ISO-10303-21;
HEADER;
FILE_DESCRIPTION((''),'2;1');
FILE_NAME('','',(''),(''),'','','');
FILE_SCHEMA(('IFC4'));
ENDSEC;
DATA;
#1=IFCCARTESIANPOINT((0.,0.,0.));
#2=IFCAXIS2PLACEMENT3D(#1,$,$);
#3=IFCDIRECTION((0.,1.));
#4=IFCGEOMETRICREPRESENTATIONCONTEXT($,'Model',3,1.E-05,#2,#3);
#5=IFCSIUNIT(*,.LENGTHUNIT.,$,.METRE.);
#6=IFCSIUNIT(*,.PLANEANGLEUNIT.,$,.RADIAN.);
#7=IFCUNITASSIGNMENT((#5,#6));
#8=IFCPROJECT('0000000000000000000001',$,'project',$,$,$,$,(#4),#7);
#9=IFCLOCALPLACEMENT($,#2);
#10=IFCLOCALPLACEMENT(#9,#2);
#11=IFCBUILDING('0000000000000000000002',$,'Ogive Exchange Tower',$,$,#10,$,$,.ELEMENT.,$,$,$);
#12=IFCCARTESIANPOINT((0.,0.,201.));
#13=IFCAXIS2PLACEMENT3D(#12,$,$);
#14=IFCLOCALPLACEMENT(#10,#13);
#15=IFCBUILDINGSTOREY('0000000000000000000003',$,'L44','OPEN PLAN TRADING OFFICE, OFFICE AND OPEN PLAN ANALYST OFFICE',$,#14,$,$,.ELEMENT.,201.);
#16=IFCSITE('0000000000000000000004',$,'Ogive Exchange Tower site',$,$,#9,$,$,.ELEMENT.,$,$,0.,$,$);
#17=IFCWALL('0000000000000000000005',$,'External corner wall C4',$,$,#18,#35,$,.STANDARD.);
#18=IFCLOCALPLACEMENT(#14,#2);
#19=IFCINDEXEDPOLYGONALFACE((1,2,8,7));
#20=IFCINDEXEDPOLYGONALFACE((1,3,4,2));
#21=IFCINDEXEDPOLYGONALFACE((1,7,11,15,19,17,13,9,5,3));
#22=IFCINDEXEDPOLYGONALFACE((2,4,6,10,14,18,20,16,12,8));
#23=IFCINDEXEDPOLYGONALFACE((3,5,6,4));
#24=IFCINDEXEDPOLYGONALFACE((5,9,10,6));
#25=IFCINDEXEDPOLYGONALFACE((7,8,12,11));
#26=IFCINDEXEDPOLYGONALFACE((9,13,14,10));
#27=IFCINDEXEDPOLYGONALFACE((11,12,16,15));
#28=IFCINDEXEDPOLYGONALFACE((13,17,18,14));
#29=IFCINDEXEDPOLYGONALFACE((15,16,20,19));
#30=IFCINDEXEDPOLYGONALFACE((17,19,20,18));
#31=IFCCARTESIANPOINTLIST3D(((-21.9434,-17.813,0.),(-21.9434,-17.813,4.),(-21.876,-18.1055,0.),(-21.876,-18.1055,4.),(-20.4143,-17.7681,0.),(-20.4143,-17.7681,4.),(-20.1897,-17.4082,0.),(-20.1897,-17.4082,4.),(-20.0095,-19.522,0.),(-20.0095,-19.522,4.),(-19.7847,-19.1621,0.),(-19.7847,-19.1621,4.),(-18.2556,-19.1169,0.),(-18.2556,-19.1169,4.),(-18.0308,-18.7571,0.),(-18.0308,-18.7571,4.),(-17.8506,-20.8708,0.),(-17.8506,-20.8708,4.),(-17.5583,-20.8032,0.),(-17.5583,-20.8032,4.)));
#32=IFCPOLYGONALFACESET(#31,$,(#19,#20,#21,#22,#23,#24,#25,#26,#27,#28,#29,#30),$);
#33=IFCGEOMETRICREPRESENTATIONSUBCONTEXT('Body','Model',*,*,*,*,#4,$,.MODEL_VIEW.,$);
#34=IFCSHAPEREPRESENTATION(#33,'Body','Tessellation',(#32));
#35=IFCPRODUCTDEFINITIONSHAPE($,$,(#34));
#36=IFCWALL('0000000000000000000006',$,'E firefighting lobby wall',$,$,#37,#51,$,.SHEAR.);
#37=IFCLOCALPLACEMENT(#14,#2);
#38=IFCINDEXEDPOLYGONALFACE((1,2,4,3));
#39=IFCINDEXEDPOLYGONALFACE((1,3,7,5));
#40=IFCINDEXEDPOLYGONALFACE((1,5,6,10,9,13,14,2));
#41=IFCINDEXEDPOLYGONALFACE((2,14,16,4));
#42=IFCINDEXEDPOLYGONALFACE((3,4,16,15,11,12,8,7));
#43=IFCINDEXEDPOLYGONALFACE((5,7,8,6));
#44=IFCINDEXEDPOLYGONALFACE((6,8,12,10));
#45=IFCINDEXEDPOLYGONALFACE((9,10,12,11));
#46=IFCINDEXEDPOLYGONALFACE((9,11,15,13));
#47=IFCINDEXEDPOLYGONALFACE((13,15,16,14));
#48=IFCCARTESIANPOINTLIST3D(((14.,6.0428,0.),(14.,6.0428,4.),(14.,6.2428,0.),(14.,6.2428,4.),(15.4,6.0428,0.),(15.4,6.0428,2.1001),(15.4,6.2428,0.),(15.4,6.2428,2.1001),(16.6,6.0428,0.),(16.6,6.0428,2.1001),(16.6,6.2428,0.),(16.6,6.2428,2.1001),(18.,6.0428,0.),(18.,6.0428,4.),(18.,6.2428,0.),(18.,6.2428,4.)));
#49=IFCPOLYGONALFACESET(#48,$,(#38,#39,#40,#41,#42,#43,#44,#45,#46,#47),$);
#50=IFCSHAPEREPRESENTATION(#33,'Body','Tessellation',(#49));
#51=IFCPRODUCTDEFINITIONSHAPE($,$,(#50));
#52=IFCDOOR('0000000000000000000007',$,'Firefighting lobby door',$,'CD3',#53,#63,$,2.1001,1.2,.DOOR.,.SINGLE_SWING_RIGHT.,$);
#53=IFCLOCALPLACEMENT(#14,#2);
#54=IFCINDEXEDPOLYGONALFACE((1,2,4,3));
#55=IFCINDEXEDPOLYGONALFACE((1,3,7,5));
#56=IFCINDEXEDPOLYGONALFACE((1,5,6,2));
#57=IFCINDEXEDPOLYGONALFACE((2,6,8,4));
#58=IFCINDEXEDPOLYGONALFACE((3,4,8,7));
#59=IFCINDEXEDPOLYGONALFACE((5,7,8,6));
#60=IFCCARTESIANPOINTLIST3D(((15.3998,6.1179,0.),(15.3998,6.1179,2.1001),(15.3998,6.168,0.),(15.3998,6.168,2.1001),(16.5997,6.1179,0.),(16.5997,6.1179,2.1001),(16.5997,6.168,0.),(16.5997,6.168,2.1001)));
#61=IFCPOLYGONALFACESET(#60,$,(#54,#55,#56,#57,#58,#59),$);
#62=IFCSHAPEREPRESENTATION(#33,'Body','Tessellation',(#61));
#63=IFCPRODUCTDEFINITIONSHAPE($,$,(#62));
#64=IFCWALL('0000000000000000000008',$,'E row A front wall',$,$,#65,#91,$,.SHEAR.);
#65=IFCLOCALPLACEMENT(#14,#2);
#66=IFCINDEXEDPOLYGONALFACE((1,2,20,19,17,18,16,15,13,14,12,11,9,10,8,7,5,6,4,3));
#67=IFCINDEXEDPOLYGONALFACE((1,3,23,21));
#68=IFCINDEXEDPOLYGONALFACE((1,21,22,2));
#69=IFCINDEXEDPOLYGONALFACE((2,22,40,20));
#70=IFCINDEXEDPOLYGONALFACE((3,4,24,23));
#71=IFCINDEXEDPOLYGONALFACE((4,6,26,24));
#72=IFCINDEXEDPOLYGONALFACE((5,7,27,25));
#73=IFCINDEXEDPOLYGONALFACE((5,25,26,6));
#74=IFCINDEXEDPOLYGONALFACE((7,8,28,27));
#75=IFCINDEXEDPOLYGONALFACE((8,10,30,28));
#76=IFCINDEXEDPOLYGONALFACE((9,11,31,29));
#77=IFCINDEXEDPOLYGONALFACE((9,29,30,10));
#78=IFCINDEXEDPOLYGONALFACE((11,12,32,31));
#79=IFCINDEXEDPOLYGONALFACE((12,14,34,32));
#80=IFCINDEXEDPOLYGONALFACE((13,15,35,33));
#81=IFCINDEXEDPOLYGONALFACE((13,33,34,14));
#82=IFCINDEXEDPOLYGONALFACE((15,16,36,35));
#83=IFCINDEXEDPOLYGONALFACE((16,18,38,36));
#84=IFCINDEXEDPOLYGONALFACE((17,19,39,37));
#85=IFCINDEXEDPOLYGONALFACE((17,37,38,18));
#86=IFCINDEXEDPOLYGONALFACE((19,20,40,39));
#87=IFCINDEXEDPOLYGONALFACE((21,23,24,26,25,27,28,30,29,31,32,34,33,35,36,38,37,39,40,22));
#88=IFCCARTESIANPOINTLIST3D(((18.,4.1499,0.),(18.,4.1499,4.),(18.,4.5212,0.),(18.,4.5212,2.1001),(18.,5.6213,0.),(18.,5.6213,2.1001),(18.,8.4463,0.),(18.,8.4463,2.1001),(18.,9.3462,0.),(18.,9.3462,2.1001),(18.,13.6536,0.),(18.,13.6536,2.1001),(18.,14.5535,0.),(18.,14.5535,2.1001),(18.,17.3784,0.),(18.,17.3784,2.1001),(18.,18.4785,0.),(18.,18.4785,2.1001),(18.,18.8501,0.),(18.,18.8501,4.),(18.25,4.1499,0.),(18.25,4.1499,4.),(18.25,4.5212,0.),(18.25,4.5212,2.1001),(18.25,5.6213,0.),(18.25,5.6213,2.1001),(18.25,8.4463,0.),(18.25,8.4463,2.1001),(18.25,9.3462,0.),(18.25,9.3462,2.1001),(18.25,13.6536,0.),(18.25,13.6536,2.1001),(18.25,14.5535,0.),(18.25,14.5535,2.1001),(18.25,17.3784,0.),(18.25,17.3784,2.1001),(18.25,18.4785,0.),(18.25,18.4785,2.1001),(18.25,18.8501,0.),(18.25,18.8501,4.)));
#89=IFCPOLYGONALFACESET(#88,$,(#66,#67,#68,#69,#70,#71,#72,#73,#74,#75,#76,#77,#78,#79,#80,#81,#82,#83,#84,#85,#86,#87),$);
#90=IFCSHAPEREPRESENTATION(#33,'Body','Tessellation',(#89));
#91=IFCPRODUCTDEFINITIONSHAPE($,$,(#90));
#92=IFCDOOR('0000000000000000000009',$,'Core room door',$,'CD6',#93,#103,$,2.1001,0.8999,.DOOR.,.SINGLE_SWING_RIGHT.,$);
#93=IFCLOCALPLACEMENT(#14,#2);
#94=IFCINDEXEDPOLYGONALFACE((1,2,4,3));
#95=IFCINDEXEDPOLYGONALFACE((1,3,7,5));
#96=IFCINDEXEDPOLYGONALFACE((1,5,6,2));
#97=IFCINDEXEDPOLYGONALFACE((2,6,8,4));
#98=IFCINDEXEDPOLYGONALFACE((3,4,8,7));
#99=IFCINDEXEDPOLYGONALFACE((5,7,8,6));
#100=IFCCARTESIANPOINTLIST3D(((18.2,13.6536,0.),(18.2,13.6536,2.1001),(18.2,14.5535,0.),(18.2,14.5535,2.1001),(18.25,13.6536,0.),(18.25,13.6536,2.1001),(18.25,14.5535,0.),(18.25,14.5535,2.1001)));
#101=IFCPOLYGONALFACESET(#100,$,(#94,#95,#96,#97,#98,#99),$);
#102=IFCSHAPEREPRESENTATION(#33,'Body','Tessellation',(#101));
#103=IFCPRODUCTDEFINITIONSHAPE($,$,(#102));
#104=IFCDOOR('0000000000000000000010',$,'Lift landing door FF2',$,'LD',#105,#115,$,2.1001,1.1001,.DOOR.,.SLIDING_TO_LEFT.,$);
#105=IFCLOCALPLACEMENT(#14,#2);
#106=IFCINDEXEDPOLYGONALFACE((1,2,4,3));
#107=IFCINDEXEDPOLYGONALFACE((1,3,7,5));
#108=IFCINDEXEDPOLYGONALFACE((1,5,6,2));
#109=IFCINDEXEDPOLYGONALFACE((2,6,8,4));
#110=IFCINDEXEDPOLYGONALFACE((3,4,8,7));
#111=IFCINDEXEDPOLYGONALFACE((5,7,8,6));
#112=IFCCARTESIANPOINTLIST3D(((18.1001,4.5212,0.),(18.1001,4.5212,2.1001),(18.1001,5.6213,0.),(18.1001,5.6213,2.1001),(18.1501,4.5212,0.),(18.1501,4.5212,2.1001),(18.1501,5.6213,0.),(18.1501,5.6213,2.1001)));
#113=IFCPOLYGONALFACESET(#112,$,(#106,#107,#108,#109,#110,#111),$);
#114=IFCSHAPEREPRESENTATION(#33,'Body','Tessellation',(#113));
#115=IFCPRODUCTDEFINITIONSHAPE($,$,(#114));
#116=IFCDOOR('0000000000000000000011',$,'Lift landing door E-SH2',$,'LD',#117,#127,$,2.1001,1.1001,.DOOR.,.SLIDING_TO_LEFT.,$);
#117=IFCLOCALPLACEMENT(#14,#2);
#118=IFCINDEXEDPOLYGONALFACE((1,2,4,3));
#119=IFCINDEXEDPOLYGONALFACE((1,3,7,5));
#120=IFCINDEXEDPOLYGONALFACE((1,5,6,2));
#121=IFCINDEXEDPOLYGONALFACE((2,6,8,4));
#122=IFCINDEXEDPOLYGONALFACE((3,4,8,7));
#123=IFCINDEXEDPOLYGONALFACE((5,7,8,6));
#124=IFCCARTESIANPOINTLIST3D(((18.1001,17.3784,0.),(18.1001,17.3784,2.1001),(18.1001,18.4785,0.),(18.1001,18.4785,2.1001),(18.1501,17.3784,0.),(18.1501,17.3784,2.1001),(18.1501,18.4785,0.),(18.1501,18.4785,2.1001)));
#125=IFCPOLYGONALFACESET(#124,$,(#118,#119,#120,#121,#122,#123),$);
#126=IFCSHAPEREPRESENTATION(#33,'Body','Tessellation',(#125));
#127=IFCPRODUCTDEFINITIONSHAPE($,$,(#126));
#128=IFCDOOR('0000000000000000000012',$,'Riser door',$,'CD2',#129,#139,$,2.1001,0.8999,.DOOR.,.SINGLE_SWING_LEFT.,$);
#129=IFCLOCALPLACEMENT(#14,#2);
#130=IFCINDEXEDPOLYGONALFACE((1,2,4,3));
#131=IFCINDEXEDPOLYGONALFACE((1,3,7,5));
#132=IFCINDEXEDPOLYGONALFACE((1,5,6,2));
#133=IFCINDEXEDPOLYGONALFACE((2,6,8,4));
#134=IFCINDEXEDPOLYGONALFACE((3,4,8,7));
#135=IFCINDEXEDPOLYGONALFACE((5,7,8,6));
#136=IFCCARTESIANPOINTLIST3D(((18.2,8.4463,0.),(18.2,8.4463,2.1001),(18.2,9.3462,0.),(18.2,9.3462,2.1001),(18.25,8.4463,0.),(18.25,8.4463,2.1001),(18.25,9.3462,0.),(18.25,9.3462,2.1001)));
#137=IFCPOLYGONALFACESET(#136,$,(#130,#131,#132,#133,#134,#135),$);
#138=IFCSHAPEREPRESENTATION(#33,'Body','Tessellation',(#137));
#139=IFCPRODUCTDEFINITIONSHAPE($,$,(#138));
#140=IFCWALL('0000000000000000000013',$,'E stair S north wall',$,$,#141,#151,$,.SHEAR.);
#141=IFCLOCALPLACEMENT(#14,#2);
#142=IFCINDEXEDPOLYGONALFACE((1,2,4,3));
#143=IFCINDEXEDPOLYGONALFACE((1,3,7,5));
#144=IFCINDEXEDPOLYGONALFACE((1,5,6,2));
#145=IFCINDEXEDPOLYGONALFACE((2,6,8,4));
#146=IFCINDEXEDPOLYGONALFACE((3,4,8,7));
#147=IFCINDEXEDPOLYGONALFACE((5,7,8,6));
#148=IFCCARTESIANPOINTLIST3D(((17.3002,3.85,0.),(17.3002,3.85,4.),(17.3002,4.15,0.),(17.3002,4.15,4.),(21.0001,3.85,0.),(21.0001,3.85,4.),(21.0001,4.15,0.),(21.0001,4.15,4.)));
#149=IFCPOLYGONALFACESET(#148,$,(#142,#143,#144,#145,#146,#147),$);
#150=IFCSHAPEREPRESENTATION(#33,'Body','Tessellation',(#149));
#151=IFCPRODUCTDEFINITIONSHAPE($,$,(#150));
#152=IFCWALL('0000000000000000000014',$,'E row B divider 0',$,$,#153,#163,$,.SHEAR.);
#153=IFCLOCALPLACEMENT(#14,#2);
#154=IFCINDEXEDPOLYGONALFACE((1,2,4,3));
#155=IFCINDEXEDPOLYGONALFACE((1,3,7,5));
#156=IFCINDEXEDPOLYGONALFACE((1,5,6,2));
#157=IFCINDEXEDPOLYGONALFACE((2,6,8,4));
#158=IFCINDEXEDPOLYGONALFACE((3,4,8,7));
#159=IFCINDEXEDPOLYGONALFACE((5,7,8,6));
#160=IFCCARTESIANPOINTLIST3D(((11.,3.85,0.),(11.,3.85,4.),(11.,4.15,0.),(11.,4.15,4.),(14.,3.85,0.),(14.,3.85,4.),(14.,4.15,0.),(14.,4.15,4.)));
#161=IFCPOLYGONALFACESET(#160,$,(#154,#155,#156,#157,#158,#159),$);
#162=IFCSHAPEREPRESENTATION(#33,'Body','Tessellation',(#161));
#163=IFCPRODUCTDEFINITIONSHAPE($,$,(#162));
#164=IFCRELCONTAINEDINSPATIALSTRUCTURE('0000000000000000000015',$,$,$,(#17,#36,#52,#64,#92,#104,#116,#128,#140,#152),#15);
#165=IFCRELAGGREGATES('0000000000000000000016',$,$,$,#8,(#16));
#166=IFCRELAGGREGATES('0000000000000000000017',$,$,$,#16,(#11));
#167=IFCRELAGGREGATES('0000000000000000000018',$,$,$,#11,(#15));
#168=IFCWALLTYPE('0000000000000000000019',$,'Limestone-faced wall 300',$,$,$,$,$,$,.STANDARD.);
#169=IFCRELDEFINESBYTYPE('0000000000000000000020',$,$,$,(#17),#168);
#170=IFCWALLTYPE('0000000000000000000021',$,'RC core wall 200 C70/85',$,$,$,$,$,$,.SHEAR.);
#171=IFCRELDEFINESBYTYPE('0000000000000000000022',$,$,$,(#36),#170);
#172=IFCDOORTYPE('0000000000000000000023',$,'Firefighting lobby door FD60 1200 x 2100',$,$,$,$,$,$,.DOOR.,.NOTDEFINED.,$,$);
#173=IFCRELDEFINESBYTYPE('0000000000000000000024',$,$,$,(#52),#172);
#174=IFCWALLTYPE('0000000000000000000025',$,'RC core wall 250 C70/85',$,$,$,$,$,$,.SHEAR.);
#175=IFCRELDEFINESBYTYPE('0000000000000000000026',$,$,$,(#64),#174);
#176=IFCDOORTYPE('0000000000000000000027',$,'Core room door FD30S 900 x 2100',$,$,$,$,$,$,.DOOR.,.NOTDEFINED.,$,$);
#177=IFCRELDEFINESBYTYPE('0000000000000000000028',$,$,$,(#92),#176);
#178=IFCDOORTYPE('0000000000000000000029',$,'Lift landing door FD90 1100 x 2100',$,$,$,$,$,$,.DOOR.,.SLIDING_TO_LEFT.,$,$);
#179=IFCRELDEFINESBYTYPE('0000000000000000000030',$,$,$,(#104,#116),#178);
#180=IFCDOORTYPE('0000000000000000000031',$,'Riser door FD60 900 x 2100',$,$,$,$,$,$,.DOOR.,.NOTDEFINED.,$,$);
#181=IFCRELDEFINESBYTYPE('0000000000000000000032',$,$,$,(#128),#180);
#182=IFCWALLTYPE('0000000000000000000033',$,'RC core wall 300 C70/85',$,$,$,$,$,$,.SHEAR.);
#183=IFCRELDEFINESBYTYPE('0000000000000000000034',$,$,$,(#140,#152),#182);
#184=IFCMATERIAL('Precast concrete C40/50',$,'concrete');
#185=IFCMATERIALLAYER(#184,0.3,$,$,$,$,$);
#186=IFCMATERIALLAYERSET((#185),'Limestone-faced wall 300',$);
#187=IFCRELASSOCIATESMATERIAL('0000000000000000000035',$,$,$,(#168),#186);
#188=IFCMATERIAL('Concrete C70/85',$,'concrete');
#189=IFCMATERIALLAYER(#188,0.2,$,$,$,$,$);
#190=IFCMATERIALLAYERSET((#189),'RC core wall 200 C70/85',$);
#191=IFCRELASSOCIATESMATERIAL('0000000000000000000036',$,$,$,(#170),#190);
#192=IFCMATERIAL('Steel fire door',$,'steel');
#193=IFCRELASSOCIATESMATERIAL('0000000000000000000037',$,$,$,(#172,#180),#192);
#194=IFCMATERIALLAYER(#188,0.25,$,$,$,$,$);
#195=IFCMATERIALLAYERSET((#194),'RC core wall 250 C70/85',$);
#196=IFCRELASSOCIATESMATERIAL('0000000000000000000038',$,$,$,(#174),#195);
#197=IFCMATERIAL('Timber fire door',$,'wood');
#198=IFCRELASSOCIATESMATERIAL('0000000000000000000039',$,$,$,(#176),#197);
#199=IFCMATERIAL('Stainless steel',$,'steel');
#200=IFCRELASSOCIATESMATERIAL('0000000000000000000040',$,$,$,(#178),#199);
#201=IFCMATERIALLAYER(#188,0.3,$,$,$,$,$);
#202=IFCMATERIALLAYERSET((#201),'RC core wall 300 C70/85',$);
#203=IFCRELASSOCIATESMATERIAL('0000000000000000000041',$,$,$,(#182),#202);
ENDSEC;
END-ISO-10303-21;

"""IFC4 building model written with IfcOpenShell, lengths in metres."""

from ifc_helpers import new_model, si_unit, direction, frame, frame_2d, origin, place, context, subcontext, project, spatial, polyline, rectangle, outline, extrude, material, layer, layer_set, type_object, element, fill, save


model = new_model("IFC4")

# Units and contexts
model_context = context("Model", 3, precision=1e-05, world=origin(), true_north=direction((0.0, 1.0)))
body_context = subcontext(model_context, "Body", "Model", "MODEL_VIEW")
ifc_project = project(units=[si_unit("LENGTHUNIT", "METRE"), si_unit("PLANEANGLEUNIT", "RADIAN")], contexts=[model_context])

# Site, building, storey
site_placement = place(None, origin())
site = spatial("IfcSite", under=ifc_project, at=site_placement, Name="Ogive Exchange Tower site", CompositionType="ELEMENT", RefElevation=0.0)
building_placement = place(site_placement, origin())
building = spatial("IfcBuilding", under=site, at=building_placement, Name="Ogive Exchange Tower", CompositionType="ELEMENT")
storey_placement = place(building_placement, frame((0.0, 0.0, 201.0)))
storey = spatial("IfcBuildingStorey", under=building, at=storey_placement, Name="L44", Description="OPEN PLAN TRADING OFFICE, OFFICE AND OPEN PLAN ANALYST OFFICE", CompositionType="ELEMENT", Elevation=201.0)

# Shared definitions
ifc_material_1 = material(Name="Concrete C70/85", Category="concrete")

# Wall
ifc_material_2 = material(Name="Precast concrete C40/50", Category="concrete")
ifc_layer_1 = layer(ifc_material_2, 0.3)
ifc_layer_set_1 = layer_set([ifc_layer_1], Name="Limestone-faced wall 300")
wall_type_1 = type_object("IfcWallType", Name="Limestone-faced wall 300", PredefinedType="STANDARD", material=ifc_layer_set_1)
wall_1_placement = place(storey_placement, origin())
element("IfcWall", 1, at=wall_1_placement, inside=storey, type_object=wall_type_1, Name="External corner wall C4", PredefinedType="STANDARD", context=body_context, shape_type="SweptSolid", body=[
    extrude(outline(polyline([(-18.2556, -19.1169), (-20.0095, -19.522), (-20.4143, -17.7681), (-21.876, -18.1055), (-21.9434, -17.813), (-20.1897, -17.4082), (-19.7847, -19.1621), (-18.0308, -18.7571), (-17.5583, -20.8032), (-17.8506, -20.8708), (-18.2556, -19.1169)])), origin(), (0.0, 0.0, 1.0), 4.0),
])

# Wall, opening, door
ifc_layer_2 = layer(ifc_material_1, 0.2)
ifc_layer_set_2 = layer_set([ifc_layer_2], Name="RC core wall 200 C70/85")
wall_type_2 = type_object("IfcWallType", Name="RC core wall 200 C70/85", PredefinedType="SHEAR", material=ifc_layer_set_2)
wall_2_placement = place(storey_placement, frame((14.0, 6.1428, 0.0), z_axis=(0.0, 0.0, 1.0), x_axis=(1.0, 0.0, 0.0)))
wall_2 = element("IfcWall", 2, at=wall_2_placement, inside=storey, type_object=wall_type_2, Name="E firefighting lobby wall", PredefinedType="SHEAR", context=body_context, shape_type="SweptSolid", body=[
    extrude(rectangle(XDim=4.0, YDim=0.2, at=frame_2d((2.0, 0.0))), origin(), (0.0, 0.0, 1.0), 4.0),
])
opening_1_placement = place(wall_2_placement, frame((1.3999, 0.0, 0.0)))
opening_1 = element("IfcOpeningElement", 3, at=opening_1_placement, cuts=wall_2, PredefinedType="OPENING", context=body_context, shape_type="SweptSolid", body=[
    extrude(rectangle(XDim=1.2, YDim=2.1001, at=frame_2d((0.6001, 1.05))), frame((0.0, 0.1099, 0.0), z_axis=(0.0, -1.0, 0.0), x_axis=(1.0, 0.0, 0.0)), (0.0, 0.0, 1.0), 0.22),
])
ifc_material_3 = material(Name="Steel fire door", Category="steel")
door_type_1 = type_object("IfcDoorType", Name="Firefighting lobby door FD60 1200 x 2100", OperationType="NOTDEFINED", PredefinedType="DOOR", material=ifc_material_3)
door_1_placement = place(opening_1_placement, frame((1.2, 0.0, 0.0), z_axis=(0.0, 0.0, 1.0), x_axis=(-1.0, 0.0, 0.0)))
door_1 = element("IfcDoor", 4, at=door_1_placement, inside=storey, type_object=door_type_1, Name="Firefighting lobby door", ObjectType="CD3", OperationType="SINGLE_SWING_RIGHT", OverallHeight=2.1001, OverallWidth=1.2, PredefinedType="DOOR", context=body_context, shape_type="SweptSolid", body=[
    extrude(rectangle(XDim=1.2, YDim=2.1001, at=frame_2d((0.6001, 1.05))), frame((0.0, 0.0249, 0.0), z_axis=(0.0, -1.0, 0.0), x_axis=(1.0, 0.0, 0.0)), (0.0, 0.0, 1.0), 0.05),
])
fill(opening_1, door_1)

# Wall, openings, doors
ifc_layer_3 = layer(ifc_material_1, 0.25)
ifc_layer_set_3 = layer_set([ifc_layer_3], Name="RC core wall 250 C70/85")
wall_type_3 = type_object("IfcWallType", Name="RC core wall 250 C70/85", PredefinedType="SHEAR", material=ifc_layer_set_3)
wall_3_placement = place(storey_placement, frame((18.125, 4.1499, 0.0), z_axis=(0.0, 0.0, 1.0), x_axis=(0.0, 1.0, 0.0)))
wall_3 = element("IfcWall", 5, at=wall_3_placement, inside=storey, type_object=wall_type_3, Name="E row A front wall", PredefinedType="SHEAR", context=body_context, shape_type="SweptSolid", body=[
    extrude(rectangle(XDim=14.7002, YDim=0.25, at=frame_2d((7.3501, 0.0))), origin(), (0.0, 0.0, 1.0), 4.0),
])
opening_2_placement = place(wall_3_placement, frame((4.2964, 0.0, 0.0)))
opening_2 = element("IfcOpeningElement", 6, at=opening_2_placement, cuts=wall_3, PredefinedType="OPENING", context=body_context, shape_type="SweptSolid", body=[
    extrude(rectangle(XDim=0.8999, YDim=2.1001, at=frame_2d((0.45, 1.05))), frame((0.0, 0.135, 0.0), z_axis=(0.0, -1.0, 0.0), x_axis=(1.0, 0.0, 0.0)), (0.0, 0.0, 1.0), 0.27),
])
opening_3_placement = place(wall_3_placement, frame((9.5037, 0.0, 0.0)))
opening_3 = element("IfcOpeningElement", 7, at=opening_3_placement, cuts=wall_3, PredefinedType="OPENING", context=body_context, shape_type="SweptSolid", body=[
    extrude(rectangle(XDim=0.8999, YDim=2.1001, at=frame_2d((0.45, 1.05))), frame((0.0, 0.135, 0.0), z_axis=(0.0, -1.0, 0.0), x_axis=(1.0, 0.0, 0.0)), (0.0, 0.0, 1.0), 0.27),
])
opening_4_placement = place(wall_3_placement, frame((0.3713, 0.0, 0.0)))
opening_4 = element("IfcOpeningElement", 8, at=opening_4_placement, cuts=wall_3, PredefinedType="OPENING", context=body_context, shape_type="SweptSolid", body=[
    extrude(rectangle(XDim=1.1001, YDim=2.1001, at=frame_2d((0.55, 1.05))), frame((0.0, 0.135, 0.0), z_axis=(0.0, -1.0, 0.0), x_axis=(1.0, 0.0, 0.0)), (0.0, 0.0, 1.0), 0.27),
])
opening_5_placement = place(wall_3_placement, frame((13.2285, 0.0, 0.0)))
opening_5 = element("IfcOpeningElement", 9, at=opening_5_placement, cuts=wall_3, PredefinedType="OPENING", context=body_context, shape_type="SweptSolid", body=[
    extrude(rectangle(XDim=1.1001, YDim=2.1001, at=frame_2d((0.55, 1.05))), frame((0.0, 0.135, 0.0), z_axis=(0.0, -1.0, 0.0), x_axis=(1.0, 0.0, 0.0)), (0.0, 0.0, 1.0), 0.27),
])
ifc_material_4 = material(Name="Timber fire door", Category="wood")
door_type_2 = type_object("IfcDoorType", Name="Core room door FD30S 900 x 2100", OperationType="NOTDEFINED", PredefinedType="DOOR", material=ifc_material_4)
door_2_placement = place(opening_3_placement, frame((0.8999, -0.2002, 0.0), z_axis=(0.0, 0.0, 1.0), x_axis=(-1.0, 0.0, 0.0)))
door_2 = element("IfcDoor", 10, at=door_2_placement, inside=storey, type_object=door_type_2, Name="Core room door", ObjectType="CD6", OperationType="SINGLE_SWING_RIGHT", OverallHeight=2.1001, OverallWidth=0.8999, PredefinedType="DOOR", context=body_context, shape_type="SweptSolid", body=[
    extrude(rectangle(XDim=0.8999, YDim=2.1001, at=frame_2d((0.45, 1.05))), frame((0.0, -0.0752, 0.0), z_axis=(0.0, -1.0, 0.0), x_axis=(1.0, 0.0, 0.0)), (0.0, 0.0, 1.0), 0.05),
])
fill(opening_3, door_2)
ifc_material_5 = material(Name="Stainless steel", Category="steel")
door_type_3 = type_object("IfcDoorType", Name="Lift landing door FD90 1100 x 2100", OperationType="SLIDING_TO_LEFT", PredefinedType="DOOR", material=ifc_material_5)
door_3_placement = place(opening_4_placement, origin())
door_3 = element("IfcDoor", 11, at=door_3_placement, inside=storey, type_object=door_type_3, Name="Lift landing door FF2", ObjectType="LD", OperationType="SLIDING_TO_LEFT", OverallHeight=2.1001, OverallWidth=1.1001, PredefinedType="DOOR", context=body_context, shape_type="SweptSolid", body=[
    extrude(rectangle(XDim=1.1001, YDim=2.1001, at=frame_2d((0.55, 1.05))), frame((0.0, 0.0249, 0.0), z_axis=(0.0, -1.0, 0.0), x_axis=(1.0, 0.0, 0.0)), (0.0, 0.0, 1.0), 0.05),
])
fill(opening_4, door_3)
door_4_placement = place(opening_5_placement, origin())
door_4 = element("IfcDoor", 12, at=door_4_placement, inside=storey, type_object=door_type_3, Name="Lift landing door E-SH2", ObjectType="LD", OperationType="SLIDING_TO_LEFT", OverallHeight=2.1001, OverallWidth=1.1001, PredefinedType="DOOR", context=body_context, shape_type="SweptSolid", body=[
    extrude(rectangle(XDim=1.1001, YDim=2.1001, at=frame_2d((0.55, 1.05))), frame((0.0, 0.0249, 0.0), z_axis=(0.0, -1.0, 0.0), x_axis=(1.0, 0.0, 0.0)), (0.0, 0.0, 1.0), 0.05),
])
fill(opening_5, door_4)
door_type_4 = type_object("IfcDoorType", Name="Riser door FD60 900 x 2100", OperationType="NOTDEFINED", PredefinedType="DOOR", material=ifc_material_3)
door_5_placement = place(opening_2_placement, frame((0.8999, -0.2002, 0.0), z_axis=(0.0, 0.0, 1.0), x_axis=(-1.0, 0.0, 0.0)))
door_5 = element("IfcDoor", 13, at=door_5_placement, inside=storey, type_object=door_type_4, Name="Riser door", ObjectType="CD2", OperationType="SINGLE_SWING_LEFT", OverallHeight=2.1001, OverallWidth=0.8999, PredefinedType="DOOR", context=body_context, shape_type="SweptSolid", body=[
    extrude(rectangle(XDim=0.8999, YDim=2.1001, at=frame_2d((0.45, 1.05))), frame((0.0, -0.0752, 0.0), z_axis=(0.0, -1.0, 0.0), x_axis=(1.0, 0.0, 0.0)), (0.0, 0.0, 1.0), 0.05),
])
fill(opening_2, door_5)

# Walls
ifc_layer_4 = layer(ifc_material_1, 0.3)
ifc_layer_set_4 = layer_set([ifc_layer_4], Name="RC core wall 300 C70/85")
wall_type_4 = type_object("IfcWallType", Name="RC core wall 300 C70/85", PredefinedType="SHEAR", material=ifc_layer_set_4)
wall_4_placement = place(storey_placement, frame((17.3, 4.0, 0.0), z_axis=(0.0, 0.0, 1.0), x_axis=(1.0, 0.0, 0.0)))
element("IfcWall", 14, at=wall_4_placement, inside=storey, type_object=wall_type_4, Name="E stair S north wall", PredefinedType="SHEAR", context=body_context, shape_type="SweptSolid", body=[
    extrude(rectangle(XDim=3.7, YDim=0.3, at=frame_2d((1.8501, 0.0))), origin(), (0.0, 0.0, 1.0), 4.0),
])
wall_5_placement = place(storey_placement, frame((11.0, 4.0, 0.0), z_axis=(0.0, 0.0, 1.0), x_axis=(1.0, 0.0, 0.0)))
element("IfcWall", 15, at=wall_5_placement, inside=storey, type_object=wall_type_4, Name="E row B divider 0", PredefinedType="SHEAR", context=body_context, shape_type="SweptSolid", body=[
    extrude(rectangle(XDim=3.0, YDim=0.3, at=frame_2d((1.5, 0.0))), origin(), (0.0, 0.0, 1.0), 4.0),
])

save(model, "model.ifc")
